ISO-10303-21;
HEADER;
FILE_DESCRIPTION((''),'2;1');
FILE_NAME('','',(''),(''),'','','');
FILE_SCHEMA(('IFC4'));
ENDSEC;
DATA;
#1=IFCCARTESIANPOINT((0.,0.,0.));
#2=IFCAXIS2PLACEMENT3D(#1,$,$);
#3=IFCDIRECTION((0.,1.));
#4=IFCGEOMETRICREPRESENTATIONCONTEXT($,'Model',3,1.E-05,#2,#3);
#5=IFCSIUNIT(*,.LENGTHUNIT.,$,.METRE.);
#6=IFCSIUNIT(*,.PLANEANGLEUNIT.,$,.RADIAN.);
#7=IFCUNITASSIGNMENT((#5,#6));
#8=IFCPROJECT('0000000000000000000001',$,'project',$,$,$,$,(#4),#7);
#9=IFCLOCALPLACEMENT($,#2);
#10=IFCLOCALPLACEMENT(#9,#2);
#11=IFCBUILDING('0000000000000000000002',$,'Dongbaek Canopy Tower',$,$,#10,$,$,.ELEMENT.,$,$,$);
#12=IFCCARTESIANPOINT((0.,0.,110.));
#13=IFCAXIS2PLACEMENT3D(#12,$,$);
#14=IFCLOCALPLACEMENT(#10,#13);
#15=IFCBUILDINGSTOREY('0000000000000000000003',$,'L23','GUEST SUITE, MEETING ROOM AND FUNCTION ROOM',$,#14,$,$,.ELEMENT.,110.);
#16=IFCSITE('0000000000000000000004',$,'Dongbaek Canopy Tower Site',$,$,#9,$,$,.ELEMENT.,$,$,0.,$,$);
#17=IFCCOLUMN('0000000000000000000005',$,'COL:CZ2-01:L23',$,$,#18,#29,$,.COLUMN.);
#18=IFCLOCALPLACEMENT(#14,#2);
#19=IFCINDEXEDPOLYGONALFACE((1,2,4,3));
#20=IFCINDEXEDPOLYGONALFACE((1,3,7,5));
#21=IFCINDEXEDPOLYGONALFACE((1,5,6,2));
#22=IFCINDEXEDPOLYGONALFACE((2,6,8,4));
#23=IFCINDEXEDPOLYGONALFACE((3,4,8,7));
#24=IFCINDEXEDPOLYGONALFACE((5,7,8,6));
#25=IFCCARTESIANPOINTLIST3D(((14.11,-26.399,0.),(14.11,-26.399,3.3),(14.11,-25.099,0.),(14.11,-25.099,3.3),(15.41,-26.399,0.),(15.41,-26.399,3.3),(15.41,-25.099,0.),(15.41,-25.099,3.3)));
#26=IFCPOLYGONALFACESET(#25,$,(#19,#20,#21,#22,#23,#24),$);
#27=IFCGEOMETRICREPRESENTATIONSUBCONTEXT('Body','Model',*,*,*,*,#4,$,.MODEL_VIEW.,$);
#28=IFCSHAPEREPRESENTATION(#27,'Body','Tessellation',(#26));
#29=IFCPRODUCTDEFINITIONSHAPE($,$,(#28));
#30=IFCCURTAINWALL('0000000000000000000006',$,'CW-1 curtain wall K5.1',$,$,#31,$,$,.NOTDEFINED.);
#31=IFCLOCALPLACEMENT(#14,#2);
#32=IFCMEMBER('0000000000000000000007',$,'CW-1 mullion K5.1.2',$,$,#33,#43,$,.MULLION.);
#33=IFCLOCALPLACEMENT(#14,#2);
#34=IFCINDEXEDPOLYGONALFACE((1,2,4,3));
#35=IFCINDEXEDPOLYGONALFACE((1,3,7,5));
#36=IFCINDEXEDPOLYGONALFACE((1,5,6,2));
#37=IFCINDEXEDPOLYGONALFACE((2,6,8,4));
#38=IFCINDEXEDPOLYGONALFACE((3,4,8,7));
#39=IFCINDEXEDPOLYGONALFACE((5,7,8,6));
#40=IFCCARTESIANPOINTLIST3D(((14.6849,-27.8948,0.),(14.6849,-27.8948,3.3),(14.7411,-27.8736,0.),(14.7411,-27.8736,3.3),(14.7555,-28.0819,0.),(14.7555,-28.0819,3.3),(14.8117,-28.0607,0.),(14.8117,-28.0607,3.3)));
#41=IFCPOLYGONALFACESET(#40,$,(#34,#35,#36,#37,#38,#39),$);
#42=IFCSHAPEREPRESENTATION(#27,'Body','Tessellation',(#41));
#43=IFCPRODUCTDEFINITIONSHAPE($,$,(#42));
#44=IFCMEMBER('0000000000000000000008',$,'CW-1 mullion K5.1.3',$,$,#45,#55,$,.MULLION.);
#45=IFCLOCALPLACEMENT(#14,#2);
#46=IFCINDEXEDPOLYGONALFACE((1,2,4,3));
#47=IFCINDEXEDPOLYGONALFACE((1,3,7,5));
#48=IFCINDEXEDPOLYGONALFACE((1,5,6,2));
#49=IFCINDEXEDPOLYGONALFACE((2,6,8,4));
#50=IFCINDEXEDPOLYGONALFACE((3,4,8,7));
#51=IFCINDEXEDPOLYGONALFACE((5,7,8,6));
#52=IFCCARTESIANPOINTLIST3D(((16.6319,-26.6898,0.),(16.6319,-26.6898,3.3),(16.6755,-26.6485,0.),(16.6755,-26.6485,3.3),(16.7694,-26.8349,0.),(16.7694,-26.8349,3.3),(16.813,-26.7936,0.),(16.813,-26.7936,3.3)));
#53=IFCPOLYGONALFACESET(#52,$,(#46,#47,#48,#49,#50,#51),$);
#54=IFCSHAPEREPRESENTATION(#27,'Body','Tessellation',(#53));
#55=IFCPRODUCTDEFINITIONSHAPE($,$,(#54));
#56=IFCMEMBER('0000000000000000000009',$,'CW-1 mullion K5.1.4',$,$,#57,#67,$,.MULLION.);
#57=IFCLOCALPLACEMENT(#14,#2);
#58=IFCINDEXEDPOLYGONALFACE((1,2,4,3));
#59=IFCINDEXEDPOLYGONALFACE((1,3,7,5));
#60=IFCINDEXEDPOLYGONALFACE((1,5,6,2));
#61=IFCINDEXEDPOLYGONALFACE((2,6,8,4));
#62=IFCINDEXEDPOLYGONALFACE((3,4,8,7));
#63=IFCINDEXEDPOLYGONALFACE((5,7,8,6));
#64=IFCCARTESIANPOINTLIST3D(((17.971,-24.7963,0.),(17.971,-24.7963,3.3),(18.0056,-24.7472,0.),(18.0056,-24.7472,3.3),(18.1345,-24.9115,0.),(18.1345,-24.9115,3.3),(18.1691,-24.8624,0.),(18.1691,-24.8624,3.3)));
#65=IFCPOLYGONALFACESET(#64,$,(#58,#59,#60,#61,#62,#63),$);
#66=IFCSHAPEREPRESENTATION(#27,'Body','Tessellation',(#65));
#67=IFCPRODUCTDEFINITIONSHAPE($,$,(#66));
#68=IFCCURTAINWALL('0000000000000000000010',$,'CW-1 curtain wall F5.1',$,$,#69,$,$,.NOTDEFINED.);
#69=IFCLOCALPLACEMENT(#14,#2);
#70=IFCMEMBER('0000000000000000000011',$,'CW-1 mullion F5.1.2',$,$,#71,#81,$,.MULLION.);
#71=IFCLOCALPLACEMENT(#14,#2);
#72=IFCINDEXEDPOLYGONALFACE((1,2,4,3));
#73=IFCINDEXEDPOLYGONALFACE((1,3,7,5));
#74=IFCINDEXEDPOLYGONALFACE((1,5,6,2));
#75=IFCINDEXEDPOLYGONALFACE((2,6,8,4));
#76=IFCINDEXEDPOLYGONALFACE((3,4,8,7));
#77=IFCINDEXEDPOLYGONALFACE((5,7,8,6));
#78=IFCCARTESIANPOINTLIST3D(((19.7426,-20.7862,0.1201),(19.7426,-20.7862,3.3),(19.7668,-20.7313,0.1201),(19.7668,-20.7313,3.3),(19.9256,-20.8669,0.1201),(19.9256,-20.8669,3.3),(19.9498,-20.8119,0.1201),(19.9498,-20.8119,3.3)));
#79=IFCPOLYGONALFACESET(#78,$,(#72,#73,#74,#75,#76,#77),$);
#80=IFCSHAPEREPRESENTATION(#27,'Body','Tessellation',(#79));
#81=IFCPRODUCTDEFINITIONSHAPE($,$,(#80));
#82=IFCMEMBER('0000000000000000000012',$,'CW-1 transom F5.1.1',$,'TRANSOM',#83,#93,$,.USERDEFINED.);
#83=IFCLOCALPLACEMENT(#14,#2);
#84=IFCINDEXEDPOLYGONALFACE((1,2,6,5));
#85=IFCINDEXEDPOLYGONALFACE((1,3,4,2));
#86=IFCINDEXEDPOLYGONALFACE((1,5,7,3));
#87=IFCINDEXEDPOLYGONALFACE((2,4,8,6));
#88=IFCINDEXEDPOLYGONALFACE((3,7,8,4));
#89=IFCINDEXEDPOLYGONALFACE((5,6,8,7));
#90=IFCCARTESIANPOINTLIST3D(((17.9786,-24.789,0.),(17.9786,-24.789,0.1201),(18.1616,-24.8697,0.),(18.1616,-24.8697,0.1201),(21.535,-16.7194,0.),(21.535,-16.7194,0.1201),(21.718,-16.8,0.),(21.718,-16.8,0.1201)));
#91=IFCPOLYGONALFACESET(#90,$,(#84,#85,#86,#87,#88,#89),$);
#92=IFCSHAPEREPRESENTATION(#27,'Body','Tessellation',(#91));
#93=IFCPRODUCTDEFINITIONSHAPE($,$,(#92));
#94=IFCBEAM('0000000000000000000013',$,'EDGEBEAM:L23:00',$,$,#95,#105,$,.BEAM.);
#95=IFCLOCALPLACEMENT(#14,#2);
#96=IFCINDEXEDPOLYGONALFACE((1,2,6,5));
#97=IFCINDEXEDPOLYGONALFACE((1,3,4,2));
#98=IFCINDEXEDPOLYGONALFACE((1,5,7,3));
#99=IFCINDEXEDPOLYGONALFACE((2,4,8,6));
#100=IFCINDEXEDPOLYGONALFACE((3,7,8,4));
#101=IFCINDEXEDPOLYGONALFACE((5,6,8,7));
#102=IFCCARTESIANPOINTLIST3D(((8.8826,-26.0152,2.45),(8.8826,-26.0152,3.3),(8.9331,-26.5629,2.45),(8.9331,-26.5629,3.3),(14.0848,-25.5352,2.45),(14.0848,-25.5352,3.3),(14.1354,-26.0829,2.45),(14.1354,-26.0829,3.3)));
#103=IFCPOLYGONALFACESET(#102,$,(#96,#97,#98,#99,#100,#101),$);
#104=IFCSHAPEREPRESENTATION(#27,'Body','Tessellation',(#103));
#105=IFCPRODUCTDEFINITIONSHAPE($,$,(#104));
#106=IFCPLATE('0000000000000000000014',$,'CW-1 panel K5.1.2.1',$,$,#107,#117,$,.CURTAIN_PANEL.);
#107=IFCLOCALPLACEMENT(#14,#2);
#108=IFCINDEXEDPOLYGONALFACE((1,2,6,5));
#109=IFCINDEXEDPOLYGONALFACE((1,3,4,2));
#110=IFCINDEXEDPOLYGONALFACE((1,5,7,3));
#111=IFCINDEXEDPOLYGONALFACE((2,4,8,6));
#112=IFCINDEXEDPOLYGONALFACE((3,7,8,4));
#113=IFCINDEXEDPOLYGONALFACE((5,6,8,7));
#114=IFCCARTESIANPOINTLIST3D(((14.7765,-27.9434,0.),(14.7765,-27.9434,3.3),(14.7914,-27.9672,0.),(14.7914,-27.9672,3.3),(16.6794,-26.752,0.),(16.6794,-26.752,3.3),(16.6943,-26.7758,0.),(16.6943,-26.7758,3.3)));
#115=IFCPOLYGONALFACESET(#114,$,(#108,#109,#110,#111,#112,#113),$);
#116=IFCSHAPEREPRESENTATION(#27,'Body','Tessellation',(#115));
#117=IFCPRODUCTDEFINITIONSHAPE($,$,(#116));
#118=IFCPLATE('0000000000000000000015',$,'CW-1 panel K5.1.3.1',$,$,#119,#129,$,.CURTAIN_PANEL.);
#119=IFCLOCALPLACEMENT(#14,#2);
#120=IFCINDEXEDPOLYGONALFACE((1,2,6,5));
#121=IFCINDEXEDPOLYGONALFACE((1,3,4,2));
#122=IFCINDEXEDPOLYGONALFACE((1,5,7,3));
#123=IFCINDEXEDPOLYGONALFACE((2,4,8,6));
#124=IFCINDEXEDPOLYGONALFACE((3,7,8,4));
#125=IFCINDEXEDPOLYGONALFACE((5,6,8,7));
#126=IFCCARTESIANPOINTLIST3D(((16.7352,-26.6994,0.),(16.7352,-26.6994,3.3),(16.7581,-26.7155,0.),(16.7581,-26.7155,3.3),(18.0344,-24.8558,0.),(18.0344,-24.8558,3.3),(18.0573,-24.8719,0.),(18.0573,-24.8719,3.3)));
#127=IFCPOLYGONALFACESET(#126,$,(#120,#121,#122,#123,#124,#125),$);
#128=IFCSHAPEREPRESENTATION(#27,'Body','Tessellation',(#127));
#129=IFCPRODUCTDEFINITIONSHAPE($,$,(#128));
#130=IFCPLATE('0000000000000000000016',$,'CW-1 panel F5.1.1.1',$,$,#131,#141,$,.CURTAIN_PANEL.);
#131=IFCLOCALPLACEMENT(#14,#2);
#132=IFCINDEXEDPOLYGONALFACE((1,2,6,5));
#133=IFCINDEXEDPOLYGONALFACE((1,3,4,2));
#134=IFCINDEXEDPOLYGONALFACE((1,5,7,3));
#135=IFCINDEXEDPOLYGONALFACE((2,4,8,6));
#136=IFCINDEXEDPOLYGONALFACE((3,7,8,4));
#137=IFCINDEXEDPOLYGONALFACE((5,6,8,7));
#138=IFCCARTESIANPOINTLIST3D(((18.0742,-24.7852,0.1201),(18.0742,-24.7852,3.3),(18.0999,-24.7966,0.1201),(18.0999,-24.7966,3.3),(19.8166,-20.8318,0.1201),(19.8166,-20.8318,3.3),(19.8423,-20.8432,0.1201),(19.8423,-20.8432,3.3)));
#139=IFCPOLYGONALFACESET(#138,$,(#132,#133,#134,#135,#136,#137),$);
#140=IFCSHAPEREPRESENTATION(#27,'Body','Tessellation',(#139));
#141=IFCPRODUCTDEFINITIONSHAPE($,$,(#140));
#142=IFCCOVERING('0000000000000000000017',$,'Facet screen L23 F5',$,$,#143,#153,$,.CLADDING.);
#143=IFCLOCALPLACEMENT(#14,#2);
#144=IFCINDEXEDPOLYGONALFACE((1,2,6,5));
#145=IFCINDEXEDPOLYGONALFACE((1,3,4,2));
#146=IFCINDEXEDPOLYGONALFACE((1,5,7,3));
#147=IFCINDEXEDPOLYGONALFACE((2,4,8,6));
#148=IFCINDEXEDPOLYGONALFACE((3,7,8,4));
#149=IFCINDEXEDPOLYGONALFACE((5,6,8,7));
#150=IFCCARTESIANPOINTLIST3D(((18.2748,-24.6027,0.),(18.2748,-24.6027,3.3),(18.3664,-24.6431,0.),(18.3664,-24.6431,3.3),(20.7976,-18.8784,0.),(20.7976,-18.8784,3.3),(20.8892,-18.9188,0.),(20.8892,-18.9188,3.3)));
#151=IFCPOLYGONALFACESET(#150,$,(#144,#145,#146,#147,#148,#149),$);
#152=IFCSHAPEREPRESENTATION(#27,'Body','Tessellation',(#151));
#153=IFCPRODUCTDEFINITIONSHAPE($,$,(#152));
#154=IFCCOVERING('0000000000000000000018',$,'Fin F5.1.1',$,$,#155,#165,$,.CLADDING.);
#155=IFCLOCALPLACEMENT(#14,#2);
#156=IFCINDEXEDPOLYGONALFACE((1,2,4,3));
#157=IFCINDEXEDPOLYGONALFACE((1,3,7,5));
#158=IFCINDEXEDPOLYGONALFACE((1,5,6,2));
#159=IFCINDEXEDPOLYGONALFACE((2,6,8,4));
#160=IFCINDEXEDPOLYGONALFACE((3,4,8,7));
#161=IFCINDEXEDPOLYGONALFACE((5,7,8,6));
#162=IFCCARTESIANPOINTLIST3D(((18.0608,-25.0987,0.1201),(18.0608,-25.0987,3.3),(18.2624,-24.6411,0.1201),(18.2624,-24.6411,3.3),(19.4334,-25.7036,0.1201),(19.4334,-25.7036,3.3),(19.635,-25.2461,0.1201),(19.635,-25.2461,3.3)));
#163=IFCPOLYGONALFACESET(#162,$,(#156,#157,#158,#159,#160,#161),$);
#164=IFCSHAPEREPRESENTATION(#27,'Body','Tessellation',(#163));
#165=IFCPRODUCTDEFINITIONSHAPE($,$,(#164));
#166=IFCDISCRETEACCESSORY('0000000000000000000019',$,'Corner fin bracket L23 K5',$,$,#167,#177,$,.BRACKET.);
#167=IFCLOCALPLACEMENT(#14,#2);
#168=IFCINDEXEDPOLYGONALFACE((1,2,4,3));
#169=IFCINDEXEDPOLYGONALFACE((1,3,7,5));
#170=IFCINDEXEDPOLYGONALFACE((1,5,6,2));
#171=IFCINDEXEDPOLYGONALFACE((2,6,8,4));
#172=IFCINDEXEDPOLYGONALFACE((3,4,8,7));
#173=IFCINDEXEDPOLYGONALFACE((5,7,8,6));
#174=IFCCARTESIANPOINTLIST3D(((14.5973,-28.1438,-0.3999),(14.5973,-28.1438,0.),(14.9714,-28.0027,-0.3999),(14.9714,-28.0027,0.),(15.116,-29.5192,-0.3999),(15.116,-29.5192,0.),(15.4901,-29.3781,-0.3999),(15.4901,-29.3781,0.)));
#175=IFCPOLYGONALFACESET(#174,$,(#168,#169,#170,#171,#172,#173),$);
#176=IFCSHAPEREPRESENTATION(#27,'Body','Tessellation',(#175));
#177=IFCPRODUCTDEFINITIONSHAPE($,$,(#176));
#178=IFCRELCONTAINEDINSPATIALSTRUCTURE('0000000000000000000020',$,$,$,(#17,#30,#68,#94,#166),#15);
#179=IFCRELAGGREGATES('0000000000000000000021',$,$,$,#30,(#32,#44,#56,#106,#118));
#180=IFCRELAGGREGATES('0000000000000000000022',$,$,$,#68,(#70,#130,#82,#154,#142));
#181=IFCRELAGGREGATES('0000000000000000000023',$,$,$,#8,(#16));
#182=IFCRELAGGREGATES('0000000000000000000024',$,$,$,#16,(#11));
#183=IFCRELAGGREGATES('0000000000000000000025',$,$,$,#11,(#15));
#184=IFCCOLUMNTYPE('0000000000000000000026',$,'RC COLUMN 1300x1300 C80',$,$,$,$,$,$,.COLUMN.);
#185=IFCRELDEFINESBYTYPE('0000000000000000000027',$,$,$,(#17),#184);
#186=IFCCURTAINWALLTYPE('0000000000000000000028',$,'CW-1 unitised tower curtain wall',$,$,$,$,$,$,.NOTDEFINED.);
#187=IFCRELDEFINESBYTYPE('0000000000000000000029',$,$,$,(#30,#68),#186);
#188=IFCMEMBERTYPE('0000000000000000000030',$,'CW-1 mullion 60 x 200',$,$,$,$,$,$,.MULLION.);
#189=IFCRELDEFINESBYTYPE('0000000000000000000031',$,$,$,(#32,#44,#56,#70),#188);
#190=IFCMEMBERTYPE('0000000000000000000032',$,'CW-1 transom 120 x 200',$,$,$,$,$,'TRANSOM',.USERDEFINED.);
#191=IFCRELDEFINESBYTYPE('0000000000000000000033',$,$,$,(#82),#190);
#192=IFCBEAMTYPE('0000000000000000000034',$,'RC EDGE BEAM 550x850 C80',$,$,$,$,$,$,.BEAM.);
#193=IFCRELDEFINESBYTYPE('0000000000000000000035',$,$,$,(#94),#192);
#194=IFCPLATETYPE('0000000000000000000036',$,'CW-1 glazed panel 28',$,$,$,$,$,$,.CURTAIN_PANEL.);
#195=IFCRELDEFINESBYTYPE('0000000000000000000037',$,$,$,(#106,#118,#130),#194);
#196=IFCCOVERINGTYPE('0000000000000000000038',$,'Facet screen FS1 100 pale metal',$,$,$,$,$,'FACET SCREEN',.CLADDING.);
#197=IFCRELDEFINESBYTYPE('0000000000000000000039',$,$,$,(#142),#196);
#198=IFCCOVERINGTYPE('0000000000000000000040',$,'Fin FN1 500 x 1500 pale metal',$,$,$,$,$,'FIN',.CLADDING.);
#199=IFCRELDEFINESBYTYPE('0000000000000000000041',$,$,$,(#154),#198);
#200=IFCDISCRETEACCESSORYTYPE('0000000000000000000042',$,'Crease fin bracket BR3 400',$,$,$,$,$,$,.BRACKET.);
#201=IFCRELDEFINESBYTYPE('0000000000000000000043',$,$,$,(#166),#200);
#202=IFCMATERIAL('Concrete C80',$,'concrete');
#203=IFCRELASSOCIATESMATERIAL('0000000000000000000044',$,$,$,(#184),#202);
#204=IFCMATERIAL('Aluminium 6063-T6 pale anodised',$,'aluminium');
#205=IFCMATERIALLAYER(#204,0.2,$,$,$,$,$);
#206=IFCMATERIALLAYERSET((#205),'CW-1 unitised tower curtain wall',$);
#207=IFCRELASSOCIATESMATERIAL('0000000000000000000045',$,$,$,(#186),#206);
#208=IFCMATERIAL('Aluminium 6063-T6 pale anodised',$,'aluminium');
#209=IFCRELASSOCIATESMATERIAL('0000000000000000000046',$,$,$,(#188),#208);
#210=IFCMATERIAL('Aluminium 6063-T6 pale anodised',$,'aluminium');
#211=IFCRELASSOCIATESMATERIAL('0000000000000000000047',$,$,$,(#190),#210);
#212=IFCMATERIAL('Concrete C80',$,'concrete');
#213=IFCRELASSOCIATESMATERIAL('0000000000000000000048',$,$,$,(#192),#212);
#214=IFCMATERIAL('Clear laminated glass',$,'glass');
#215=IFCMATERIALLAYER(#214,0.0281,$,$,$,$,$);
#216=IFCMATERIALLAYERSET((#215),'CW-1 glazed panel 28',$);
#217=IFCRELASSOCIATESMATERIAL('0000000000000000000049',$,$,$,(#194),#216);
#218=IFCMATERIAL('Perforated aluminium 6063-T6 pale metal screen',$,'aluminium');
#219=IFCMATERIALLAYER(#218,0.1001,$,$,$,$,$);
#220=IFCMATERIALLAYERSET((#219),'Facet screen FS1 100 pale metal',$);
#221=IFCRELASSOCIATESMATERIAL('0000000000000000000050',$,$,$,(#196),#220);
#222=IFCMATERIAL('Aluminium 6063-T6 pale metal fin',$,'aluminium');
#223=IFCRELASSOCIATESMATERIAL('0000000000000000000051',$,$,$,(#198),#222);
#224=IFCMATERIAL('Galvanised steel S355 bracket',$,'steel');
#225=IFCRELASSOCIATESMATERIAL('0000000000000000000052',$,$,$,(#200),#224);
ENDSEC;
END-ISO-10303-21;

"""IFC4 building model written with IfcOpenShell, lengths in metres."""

from ifc_helpers import new_model, si_unit, direction, frame, origin, origin_2d, place, context, subcontext, project, spatial, rectangle, extrude, material, layer, layer_set, material_profile, profile_set, type_object, element, aggregate, save


model = new_model("IFC4")

# Units and contexts
model_context = context("Model", 3, precision=1e-05, world=origin(), true_north=direction((0.0, 1.0)))
body_context = subcontext(model_context, "Body", "Model", "MODEL_VIEW")
ifc_project = project(units=[si_unit("LENGTHUNIT", "METRE"), si_unit("PLANEANGLEUNIT", "RADIAN")], contexts=[model_context])

# Site, building, storey
site_placement = place(None, origin())
site = spatial("IfcSite", under=ifc_project, at=site_placement, Name="Dongbaek Canopy Tower Site", CompositionType="ELEMENT", RefElevation=0.0)
building_placement = place(site_placement, origin())
building = spatial("IfcBuilding", under=site, at=building_placement, Name="Dongbaek Canopy Tower", CompositionType="ELEMENT")
storey_placement = place(building_placement, frame((0.0, 0.0, 110.0)))
storey = spatial("IfcBuildingStorey", under=building, at=storey_placement, Name="L23", Description="GUEST SUITE, MEETING ROOM AND FUNCTION ROOM", CompositionType="ELEMENT", Elevation=110.0)

# Column
ifc_material_1 = material(Name="Concrete C80", Category="concrete")
ifc_material_profile_1 = material_profile(ifc_material_1, rectangle(XDim=1.3, YDim=1.3, at=origin_2d()), Name="RC COLUMN 1300x1300 C80")
ifc_profile_set_1 = profile_set([ifc_material_profile_1], Name="Concrete C80")
column_type = type_object("IfcColumnType", Name="RC COLUMN 1300x1300 C80", PredefinedType="COLUMN", material=ifc_profile_set_1)
column_placement = place(storey_placement, frame((14.76, -25.749, 0.0), z_axis=(0.0, 0.0, 1.0), x_axis=(1.0, 0.0, 0.0)))
element("IfcColumn", 1, at=column_placement, inside=storey, type_object=column_type, Name="COL:CZ2-01:L23", PredefinedType="COLUMN", context=body_context, shape_type="SweptSolid", body=[
    extrude(rectangle(XDim=1.3, YDim=1.3, at=origin_2d()), origin(), (0.0, 0.0, 1.0), 3.3),
])

# Curtain walls, members
ifc_material_2 = material(Name="Aluminium 6063-T6 pale anodised", Category="aluminium")
ifc_layer_1 = layer(ifc_material_2, 0.2)
ifc_layer_set_1 = layer_set([ifc_layer_1], Name="CW-1 unitised tower curtain wall")
curtain_wall_type = type_object("IfcCurtainWallType", Name="CW-1 unitised tower curtain wall", PredefinedType="NOTDEFINED", material=ifc_layer_set_1)
curtain_wall_1_placement = place(storey_placement, origin())
curtain_wall_1 = element("IfcCurtainWall", 2, at=curtain_wall_1_placement, inside=storey, type_object=curtain_wall_type, Name="CW-1 curtain wall K5.1", PredefinedType="NOTDEFINED")
ifc_material_3 = material(Name="Aluminium 6063-T6 pale anodised", Category="aluminium")
ifc_material_profile_2 = material_profile(ifc_material_3, rectangle(XDim=0.2, YDim=0.0601, at=origin_2d()), Name="CW-1 mullion 60 x 200")
ifc_profile_set_2 = profile_set([ifc_material_profile_2], Name="Aluminium 6063-T6 pale anodised")
member_type_1 = type_object("IfcMemberType", Name="CW-1 mullion 60 x 200", PredefinedType="MULLION", material=ifc_profile_set_2)
member_1_placement = place(storey_placement, frame((14.7483, -27.9778, 0.0), z_axis=(0.0, 0.0, 1.0), x_axis=(0.352875, -0.93567, 0.0)))
member_1 = element("IfcMember", 3, at=member_1_placement, type_object=member_type_1, Name="CW-1 mullion K5.1.2", PredefinedType="MULLION", context=body_context, shape_type="SweptSolid", body=[
    extrude(rectangle(XDim=0.2, YDim=0.0601, at=origin_2d()), origin(), (0.0, 0.0, 1.0), 3.3),
])
member_2_placement = place(storey_placement, frame((16.7224, -26.7417, 0.0), z_axis=(0.0, 0.0, 1.0), x_axis=(0.68759, -0.726099, 0.0)))
member_2 = element("IfcMember", 4, at=member_2_placement, type_object=member_type_1, Name="CW-1 mullion K5.1.3", PredefinedType="MULLION", context=body_context, shape_type="SweptSolid", body=[
    extrude(rectangle(XDim=0.2, YDim=0.0601, at=origin_2d()), origin(), (0.0, 0.0, 1.0), 3.3),
])
member_3_placement = place(storey_placement, frame((18.0701, -24.8293, 0.0), z_axis=(0.0, 0.0, 1.0), x_axis=(0.817425, -0.576035, 0.0)))
member_3 = element("IfcMember", 5, at=member_3_placement, type_object=member_type_1, Name="CW-1 mullion K5.1.4", PredefinedType="MULLION", context=body_context, shape_type="SweptSolid", body=[
    extrude(rectangle(XDim=0.2, YDim=0.0601, at=origin_2d()), origin(), (0.0, 0.0, 1.0), 3.3),
])
curtain_wall_2_placement = place(storey_placement, origin())
curtain_wall_2 = element("IfcCurtainWall", 6, at=curtain_wall_2_placement, inside=storey, type_object=curtain_wall_type, Name="CW-1 curtain wall F5.1", PredefinedType="NOTDEFINED")
member_4_placement = place(storey_placement, frame((19.8462, -20.7991, 0.1201), z_axis=(0.0, 0.0, 1.0), x_axis=(0.915073, -0.403289, 0.0)))
member_4 = element("IfcMember", 7, at=member_4_placement, type_object=member_type_1, Name="CW-1 mullion F5.1.2", PredefinedType="MULLION", context=body_context, shape_type="SweptSolid", body=[
    extrude(rectangle(XDim=0.2, YDim=0.0601, at=origin_2d()), origin(), (0.0, 0.0, 1.0), 3.1799),
])
ifc_material_4 = material(Name="Aluminium 6063-T6 pale anodised", Category="aluminium")
ifc_material_profile_3 = material_profile(ifc_material_4, rectangle(XDim=0.2, YDim=0.1201, at=origin_2d()), Name="CW-1 transom 120 x 200")
ifc_profile_set_3 = profile_set([ifc_material_profile_3], Name="Aluminium 6063-T6 pale anodised")
member_type_2 = type_object("IfcMemberType", Name="CW-1 transom 120 x 200", ElementType="TRANSOM", PredefinedType="USERDEFINED", material=ifc_profile_set_3)
member_5_placement = place(storey_placement, frame((18.0701, -24.8293, 0.0601), z_axis=(0.403288, 0.915073, 0.0), x_axis=(-0.915073, 0.403288, 0.0)))
member_5 = element("IfcMember", 8, at=member_5_placement, type_object=member_type_2, Name="CW-1 transom F5.1.1", ObjectType="TRANSOM", PredefinedType="USERDEFINED", context=body_context, shape_type="SweptSolid", body=[
    extrude(rectangle(XDim=0.2, YDim=0.1201, at=origin_2d()), origin(), (0.0, 0.0, 1.0), 8.8186),
])

# Beam
ifc_material_5 = material(Name="Concrete C80", Category="concrete")
ifc_material_profile_4 = material_profile(ifc_material_5, rectangle(XDim=0.55, YDim=0.8501, at=origin_2d()), Name="RC EDGE BEAM 550x850 C80")
ifc_profile_set_4 = profile_set([ifc_material_profile_4], Name="Concrete C80")
beam_type = type_object("IfcBeamType", Name="RC EDGE BEAM 550x850 C80", PredefinedType="BEAM", material=ifc_profile_set_4)
beam_placement = place(storey_placement, frame((14.1101, -25.8091, 2.875), z_axis=(-0.99577, -0.091876, 0.0), x_axis=(0.091876, -0.99577, 0.0)))
element("IfcBeam", 9, at=beam_placement, inside=storey, type_object=beam_type, Name="EDGEBEAM:L23:00", PredefinedType="BEAM", context=body_context, shape_type="SweptSolid", body=[
    extrude(rectangle(XDim=0.55, YDim=0.8501, at=origin_2d()), origin(), (0.0, 0.0, 1.0), 5.2244),
])

# Plates
ifc_material_6 = material(Name="Clear laminated glass", Category="glass")
ifc_layer_2 = layer(ifc_material_6, 0.0281)
ifc_layer_set_2 = layer_set([ifc_layer_2], Name="CW-1 glazed panel 28")
plate_type = type_object("IfcPlateType", Name="CW-1 glazed panel 28", PredefinedType="CURTAIN_PANEL", material=ifc_layer_set_2)
plate_1_placement = place(storey_placement, frame((15.7354, -27.3596, 0.0), z_axis=(0.0, 0.0, 1.0), x_axis=(0.847572, 0.530681, 0.0)))
plate_1 = element("IfcPlate", 10, at=plate_1_placement, type_object=plate_type, Name="CW-1 panel K5.1.2.1", PredefinedType="CURTAIN_PANEL", context=body_context, shape_type="SweptSolid", body=[
    extrude(rectangle(XDim=2.2451, YDim=0.0281, at=origin_2d()), origin(), (0.0, 0.0, 1.0), 3.3),
])
plate_2_placement = place(storey_placement, frame((17.3962, -25.7856, 0.0), z_axis=(0.0, 0.0, 1.0), x_axis=(0.576035, 0.817425, 0.0)))
plate_2 = element("IfcPlate", 11, at=plate_2_placement, type_object=plate_type, Name="CW-1 panel K5.1.3.1", PredefinedType="CURTAIN_PANEL", context=body_context, shape_type="SweptSolid", body=[
    extrude(rectangle(XDim=2.2554, YDim=0.0281, at=origin_2d()), origin(), (0.0, 0.0, 1.0), 3.3),
])
aggregate(curtain_wall_1, [member_1, member_2, member_3, plate_1, plate_2])
plate_3_placement = place(storey_placement, frame((18.9583, -22.8142, 0.1201), z_axis=(0.0, 0.0, 1.0), x_axis=(0.403289, 0.915073, 0.0)))
plate_3 = element("IfcPlate", 12, at=plate_3_placement, type_object=plate_type, Name="CW-1 panel F5.1.1.1", PredefinedType="CURTAIN_PANEL", context=body_context, shape_type="SweptSolid", body=[
    extrude(rectangle(XDim=4.3203, YDim=0.0281, at=origin_2d()), origin(), (0.0, 0.0, 1.0), 3.1799),
])

# Coverings
ifc_material_7 = material(Name="Perforated aluminium 6063-T6 pale metal screen", Category="aluminium")
ifc_layer_3 = layer(ifc_material_7, 0.1001)
ifc_layer_set_3 = layer_set([ifc_layer_3], Name="Facet screen FS1 100 pale metal")
covering_type_1 = type_object("IfcCoveringType", Name="Facet screen FS1 100 pale metal", ElementType="FACET SCREEN", PredefinedType="CLADDING", material=ifc_layer_set_3)
covering_1_placement = place(storey_placement, frame((19.582, -21.7607, 0.0), z_axis=(0.0, 0.0, 1.0), x_axis=(0.403288, 0.915073, 0.0)))
covering_1 = element("IfcCovering", 13, at=covering_1_placement, type_object=covering_type_1, Name="Facet screen L23 F5", PredefinedType="CLADDING", context=body_context, shape_type="SweptSolid", body=[
    extrude(rectangle(XDim=6.2556, YDim=0.1001, at=origin_2d()), origin(), (0.0, 0.0, 1.0), 3.3),
])
ifc_material_8 = material(Name="Aluminium 6063-T6 pale metal fin", Category="aluminium")
ifc_material_profile_5 = material_profile(ifc_material_8, rectangle(XDim=1.5, YDim=0.5, at=origin_2d()), Name="Fin FN1 500 x 1500 pale metal")
ifc_profile_set_5 = profile_set([ifc_material_profile_5], Name="Aluminium 6063-T6 pale metal fin")
covering_type_2 = type_object("IfcCoveringType", Name="Fin FN1 500 x 1500 pale metal", ElementType="FIN", PredefinedType="CLADDING", material=ifc_profile_set_5)
covering_2_placement = place(storey_placement, frame((18.8479, -25.1724, 0.1201), z_axis=(0.0, 0.0, 1.0), x_axis=(0.915073, -0.403289, 0.0)))
covering_2 = element("IfcCovering", 14, at=covering_2_placement, type_object=covering_type_2, Name="Fin F5.1.1", PredefinedType="CLADDING", context=body_context, shape_type="SweptSolid", body=[
    extrude(rectangle(XDim=1.5, YDim=0.5, at=origin_2d()), origin(), (0.0, 0.0, 1.0), 3.1799),
])
aggregate(curtain_wall_2, [member_4, plate_3, member_5, covering_2, covering_1])

# Discrete accessory
ifc_material_9 = material(Name="Galvanised steel S355 bracket", Category="steel")
discrete_accessory_type = type_object("IfcDiscreteAccessoryType", Name="Crease fin bracket BR3 400", PredefinedType="BRACKET", material=ifc_material_9)
discrete_accessory_placement = place(storey_placement, frame((15.0437, -28.761, -0.3999), z_axis=(0.0, 0.0, 1.0), x_axis=(0.352876, -0.93567, 0.0)))
element("IfcDiscreteAccessory", 15, at=discrete_accessory_placement, inside=storey, type_object=discrete_accessory_type, Name="Corner fin bracket L23 K5", PredefinedType="BRACKET", context=body_context, shape_type="SweptSolid", body=[
    extrude(rectangle(XDim=1.47, YDim=0.3999, at=origin_2d()), origin(), (0.0, 0.0, 1.0), 0.3999),
])

save(model, "model.ifc")
